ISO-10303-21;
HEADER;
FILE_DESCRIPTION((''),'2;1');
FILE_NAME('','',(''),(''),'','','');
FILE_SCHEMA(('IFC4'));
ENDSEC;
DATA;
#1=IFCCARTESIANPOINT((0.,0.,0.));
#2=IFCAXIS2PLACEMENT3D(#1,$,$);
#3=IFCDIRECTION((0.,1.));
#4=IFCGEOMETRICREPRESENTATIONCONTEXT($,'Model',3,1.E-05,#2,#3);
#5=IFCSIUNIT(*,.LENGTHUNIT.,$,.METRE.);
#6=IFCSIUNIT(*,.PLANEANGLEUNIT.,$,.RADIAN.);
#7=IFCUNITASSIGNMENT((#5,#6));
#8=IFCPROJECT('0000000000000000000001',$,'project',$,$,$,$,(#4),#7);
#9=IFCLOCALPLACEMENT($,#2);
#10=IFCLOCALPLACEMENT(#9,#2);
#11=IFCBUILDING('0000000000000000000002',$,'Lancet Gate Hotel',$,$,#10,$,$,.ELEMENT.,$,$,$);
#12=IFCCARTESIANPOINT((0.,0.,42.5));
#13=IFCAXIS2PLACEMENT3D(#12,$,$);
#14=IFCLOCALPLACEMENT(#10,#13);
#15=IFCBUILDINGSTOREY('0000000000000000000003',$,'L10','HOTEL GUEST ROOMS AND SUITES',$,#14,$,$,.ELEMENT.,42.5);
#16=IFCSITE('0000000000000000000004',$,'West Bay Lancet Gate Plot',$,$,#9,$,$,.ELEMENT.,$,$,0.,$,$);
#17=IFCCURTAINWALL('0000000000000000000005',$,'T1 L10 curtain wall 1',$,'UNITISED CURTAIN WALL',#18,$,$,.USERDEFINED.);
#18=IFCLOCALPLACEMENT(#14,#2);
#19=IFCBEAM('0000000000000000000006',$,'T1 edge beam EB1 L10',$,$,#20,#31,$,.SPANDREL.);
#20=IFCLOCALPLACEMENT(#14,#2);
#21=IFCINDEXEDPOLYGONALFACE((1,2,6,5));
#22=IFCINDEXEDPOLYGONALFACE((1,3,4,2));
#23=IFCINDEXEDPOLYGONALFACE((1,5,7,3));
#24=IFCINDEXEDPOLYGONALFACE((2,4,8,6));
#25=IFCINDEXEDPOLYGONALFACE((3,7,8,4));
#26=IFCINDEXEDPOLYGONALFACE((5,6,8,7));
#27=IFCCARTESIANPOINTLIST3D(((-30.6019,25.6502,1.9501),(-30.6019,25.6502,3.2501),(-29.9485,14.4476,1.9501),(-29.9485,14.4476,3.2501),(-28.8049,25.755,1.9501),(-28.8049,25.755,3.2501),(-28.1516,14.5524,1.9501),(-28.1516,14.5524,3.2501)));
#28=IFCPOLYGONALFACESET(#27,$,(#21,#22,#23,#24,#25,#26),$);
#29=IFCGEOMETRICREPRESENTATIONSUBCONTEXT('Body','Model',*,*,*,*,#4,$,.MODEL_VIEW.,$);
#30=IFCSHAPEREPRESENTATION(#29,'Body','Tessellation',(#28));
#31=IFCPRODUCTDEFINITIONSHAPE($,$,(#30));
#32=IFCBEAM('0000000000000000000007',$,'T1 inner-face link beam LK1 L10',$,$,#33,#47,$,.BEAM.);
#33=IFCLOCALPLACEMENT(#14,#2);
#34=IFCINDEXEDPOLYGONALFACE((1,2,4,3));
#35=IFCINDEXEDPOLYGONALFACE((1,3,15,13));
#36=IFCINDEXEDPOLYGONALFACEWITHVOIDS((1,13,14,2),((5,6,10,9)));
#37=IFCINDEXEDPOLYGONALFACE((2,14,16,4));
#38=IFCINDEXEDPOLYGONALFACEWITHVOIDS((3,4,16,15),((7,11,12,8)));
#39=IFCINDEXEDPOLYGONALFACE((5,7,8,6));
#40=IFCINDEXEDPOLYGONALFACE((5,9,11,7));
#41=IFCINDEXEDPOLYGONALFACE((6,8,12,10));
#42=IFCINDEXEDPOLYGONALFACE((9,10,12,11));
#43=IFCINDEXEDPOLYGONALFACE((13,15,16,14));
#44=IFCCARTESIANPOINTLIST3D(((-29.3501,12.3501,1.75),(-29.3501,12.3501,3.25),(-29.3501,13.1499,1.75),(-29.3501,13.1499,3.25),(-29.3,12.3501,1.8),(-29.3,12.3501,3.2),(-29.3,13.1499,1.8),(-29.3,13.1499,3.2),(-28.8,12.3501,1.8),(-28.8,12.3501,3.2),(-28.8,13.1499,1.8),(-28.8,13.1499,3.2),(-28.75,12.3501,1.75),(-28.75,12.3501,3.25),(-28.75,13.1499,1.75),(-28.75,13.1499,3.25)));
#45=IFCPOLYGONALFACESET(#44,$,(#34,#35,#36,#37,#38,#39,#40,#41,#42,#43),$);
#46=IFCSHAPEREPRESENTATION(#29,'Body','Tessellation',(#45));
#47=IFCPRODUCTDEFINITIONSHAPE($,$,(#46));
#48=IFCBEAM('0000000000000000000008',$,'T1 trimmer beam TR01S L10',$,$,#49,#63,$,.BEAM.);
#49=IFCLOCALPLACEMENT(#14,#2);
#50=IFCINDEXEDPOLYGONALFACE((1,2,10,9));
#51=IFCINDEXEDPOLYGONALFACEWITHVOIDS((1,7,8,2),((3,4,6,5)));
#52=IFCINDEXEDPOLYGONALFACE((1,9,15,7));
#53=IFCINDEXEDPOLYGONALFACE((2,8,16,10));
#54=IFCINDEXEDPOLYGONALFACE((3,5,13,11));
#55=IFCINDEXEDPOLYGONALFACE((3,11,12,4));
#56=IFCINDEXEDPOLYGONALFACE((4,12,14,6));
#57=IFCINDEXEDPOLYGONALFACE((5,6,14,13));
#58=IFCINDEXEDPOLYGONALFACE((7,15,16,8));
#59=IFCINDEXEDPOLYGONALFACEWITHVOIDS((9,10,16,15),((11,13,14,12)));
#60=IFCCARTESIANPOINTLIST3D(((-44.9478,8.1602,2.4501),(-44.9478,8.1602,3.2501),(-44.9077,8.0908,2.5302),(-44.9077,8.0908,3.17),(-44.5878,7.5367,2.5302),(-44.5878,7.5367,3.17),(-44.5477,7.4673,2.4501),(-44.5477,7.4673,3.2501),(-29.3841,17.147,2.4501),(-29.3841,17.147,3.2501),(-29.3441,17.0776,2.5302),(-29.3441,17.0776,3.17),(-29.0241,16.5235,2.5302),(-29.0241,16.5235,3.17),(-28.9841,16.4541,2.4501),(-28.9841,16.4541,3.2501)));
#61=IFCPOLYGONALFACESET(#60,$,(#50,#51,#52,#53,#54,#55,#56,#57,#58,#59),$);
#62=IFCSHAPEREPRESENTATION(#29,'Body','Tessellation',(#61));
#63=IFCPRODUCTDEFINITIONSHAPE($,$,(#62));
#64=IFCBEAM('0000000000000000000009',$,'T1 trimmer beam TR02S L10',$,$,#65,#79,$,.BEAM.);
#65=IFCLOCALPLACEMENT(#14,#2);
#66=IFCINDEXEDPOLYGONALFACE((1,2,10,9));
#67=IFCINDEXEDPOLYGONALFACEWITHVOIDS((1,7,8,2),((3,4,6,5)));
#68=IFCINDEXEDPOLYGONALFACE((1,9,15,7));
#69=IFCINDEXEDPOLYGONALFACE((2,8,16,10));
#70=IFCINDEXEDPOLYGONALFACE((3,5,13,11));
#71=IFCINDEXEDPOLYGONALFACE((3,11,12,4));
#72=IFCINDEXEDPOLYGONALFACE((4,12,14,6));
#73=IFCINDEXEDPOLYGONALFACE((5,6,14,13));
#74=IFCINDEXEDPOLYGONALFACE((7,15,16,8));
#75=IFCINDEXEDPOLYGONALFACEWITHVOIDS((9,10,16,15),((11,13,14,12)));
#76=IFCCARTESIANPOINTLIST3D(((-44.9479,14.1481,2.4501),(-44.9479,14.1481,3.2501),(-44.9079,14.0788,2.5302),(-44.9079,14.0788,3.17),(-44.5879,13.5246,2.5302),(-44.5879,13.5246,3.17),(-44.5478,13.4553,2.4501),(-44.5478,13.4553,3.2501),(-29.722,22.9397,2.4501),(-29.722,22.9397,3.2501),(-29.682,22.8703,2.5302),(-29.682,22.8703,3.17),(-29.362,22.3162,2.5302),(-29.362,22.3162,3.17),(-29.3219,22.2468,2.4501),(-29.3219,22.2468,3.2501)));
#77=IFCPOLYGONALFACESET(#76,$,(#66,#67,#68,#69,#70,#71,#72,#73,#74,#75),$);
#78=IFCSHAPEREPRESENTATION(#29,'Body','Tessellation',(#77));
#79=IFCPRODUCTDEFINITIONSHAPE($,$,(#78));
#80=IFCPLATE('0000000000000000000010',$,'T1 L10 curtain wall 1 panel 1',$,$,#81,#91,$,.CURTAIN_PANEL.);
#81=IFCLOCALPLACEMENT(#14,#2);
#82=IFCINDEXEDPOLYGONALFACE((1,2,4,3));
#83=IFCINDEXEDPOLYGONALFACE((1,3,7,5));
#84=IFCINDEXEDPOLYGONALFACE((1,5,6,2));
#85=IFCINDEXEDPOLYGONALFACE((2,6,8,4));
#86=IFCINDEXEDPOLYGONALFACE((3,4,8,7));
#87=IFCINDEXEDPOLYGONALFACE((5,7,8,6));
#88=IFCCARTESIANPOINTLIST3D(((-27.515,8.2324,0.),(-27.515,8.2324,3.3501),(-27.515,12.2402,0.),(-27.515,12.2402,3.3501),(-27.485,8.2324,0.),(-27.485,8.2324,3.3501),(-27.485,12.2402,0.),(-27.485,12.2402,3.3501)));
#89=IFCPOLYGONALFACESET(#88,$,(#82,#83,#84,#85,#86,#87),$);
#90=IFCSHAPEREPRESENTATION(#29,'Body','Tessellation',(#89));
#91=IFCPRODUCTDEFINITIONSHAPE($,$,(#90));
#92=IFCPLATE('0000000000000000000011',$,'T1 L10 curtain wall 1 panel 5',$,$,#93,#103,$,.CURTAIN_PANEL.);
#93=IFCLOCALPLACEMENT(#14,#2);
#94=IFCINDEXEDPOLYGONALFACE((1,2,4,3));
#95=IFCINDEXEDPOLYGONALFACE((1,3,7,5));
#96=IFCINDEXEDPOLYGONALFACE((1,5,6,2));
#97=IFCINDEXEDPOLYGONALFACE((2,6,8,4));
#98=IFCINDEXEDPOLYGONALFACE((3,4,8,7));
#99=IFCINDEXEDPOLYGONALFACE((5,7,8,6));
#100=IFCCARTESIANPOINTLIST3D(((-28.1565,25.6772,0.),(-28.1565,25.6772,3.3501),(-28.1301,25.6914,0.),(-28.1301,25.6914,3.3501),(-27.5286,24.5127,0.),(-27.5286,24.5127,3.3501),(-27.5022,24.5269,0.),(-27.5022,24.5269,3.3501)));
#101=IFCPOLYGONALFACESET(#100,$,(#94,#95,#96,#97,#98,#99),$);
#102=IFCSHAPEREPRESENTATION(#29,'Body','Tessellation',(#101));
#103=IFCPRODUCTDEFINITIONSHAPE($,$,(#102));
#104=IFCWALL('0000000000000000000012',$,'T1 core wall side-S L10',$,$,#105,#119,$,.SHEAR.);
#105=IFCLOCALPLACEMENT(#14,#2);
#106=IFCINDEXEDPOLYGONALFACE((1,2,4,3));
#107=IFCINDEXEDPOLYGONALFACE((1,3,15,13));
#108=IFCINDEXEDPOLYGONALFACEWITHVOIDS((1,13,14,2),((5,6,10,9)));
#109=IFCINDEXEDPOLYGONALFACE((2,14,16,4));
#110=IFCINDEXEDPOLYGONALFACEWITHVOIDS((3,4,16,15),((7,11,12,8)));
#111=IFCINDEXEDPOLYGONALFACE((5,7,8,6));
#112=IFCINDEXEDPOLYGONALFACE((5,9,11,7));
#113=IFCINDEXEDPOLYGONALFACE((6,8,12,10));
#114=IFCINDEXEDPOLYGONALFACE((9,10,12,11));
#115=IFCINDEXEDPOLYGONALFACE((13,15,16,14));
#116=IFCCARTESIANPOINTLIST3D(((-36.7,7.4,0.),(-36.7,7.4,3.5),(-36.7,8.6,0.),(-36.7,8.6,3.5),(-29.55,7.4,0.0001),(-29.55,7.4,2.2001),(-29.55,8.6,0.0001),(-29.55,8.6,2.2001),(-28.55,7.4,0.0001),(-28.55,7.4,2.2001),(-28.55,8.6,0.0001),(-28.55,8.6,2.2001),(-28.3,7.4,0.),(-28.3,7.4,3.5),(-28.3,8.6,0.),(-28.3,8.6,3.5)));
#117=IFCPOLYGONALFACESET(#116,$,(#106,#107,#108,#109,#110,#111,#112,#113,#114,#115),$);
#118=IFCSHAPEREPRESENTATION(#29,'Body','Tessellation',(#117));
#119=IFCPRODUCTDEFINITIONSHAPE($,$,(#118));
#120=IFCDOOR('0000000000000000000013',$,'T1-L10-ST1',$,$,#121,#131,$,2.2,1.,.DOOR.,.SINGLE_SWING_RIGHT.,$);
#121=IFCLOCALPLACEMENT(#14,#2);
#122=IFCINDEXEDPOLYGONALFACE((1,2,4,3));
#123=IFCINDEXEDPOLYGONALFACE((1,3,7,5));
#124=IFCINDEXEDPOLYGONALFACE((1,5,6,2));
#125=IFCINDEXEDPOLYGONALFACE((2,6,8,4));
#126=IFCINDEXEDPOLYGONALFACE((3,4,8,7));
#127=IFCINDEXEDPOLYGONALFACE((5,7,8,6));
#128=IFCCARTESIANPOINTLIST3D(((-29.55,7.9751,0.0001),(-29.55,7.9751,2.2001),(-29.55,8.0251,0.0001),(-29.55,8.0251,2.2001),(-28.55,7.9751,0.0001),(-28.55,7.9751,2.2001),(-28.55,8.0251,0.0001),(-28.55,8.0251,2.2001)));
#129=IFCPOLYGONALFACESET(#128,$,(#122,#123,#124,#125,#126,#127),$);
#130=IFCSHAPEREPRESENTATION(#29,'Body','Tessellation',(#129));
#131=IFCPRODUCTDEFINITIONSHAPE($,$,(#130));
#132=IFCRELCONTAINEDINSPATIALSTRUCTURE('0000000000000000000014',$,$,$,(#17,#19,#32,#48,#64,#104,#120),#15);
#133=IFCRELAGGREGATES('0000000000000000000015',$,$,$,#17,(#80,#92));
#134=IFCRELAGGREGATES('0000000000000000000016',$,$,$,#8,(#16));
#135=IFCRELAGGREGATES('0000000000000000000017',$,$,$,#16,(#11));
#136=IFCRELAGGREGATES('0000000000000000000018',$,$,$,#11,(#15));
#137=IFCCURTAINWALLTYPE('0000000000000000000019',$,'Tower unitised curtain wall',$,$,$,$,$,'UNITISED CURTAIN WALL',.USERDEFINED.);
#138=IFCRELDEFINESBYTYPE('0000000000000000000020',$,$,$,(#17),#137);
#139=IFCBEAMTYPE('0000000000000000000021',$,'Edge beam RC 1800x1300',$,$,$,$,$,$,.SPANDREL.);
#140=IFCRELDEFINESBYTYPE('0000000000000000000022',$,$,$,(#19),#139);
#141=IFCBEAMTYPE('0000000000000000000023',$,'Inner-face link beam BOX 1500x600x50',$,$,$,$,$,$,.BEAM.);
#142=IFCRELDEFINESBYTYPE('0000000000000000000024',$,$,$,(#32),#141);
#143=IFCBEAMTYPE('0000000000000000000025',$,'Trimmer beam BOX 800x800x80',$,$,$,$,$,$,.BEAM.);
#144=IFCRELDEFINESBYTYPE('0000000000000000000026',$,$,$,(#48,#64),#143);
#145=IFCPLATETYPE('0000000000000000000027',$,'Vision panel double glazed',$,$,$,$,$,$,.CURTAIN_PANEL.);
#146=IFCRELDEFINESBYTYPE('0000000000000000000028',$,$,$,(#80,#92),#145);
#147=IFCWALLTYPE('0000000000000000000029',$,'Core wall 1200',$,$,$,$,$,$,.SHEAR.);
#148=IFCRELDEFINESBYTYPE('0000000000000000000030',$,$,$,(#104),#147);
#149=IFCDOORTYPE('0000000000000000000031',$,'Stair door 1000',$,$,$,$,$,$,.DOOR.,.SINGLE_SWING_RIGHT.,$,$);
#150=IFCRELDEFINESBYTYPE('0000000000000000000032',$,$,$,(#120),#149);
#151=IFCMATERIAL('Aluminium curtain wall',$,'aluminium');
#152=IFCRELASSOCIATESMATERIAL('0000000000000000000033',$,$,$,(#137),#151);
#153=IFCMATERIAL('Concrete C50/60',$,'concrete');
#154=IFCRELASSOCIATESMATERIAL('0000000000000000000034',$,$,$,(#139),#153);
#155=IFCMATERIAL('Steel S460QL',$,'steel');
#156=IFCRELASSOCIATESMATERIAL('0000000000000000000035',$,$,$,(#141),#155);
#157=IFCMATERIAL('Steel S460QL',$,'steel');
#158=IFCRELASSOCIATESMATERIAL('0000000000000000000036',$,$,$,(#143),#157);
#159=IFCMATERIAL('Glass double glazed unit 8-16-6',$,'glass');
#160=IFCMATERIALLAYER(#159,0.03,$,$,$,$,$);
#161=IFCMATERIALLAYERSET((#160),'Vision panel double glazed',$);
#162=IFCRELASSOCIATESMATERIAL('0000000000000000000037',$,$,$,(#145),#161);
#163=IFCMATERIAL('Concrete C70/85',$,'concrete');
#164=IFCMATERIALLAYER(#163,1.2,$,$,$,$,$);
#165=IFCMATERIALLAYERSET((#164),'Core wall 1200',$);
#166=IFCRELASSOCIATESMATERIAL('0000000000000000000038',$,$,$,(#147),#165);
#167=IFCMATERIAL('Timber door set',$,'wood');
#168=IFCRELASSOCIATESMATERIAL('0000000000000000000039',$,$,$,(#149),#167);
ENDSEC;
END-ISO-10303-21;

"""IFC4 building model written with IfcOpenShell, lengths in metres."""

from ifc_helpers import new_model, si_unit, direction, frame, frame_2d, origin, origin_2d, place, context, subcontext, project, spatial, rectangle, hollow_rectangle, extrude, material, layer, layer_set, material_profile, profile_set, type_object, element, fill, aggregate, save


model = new_model("IFC4")

# Units and contexts
model_context = context("Model", 3, precision=1e-05, world=origin(), true_north=direction((0.0, 1.0)))
body_context = subcontext(model_context, "Body", "Model", "MODEL_VIEW")
ifc_project = project(units=[si_unit("LENGTHUNIT", "METRE"), si_unit("PLANEANGLEUNIT", "RADIAN")], contexts=[model_context])

# Site, building, storey
site_placement = place(None, origin())
site = spatial("IfcSite", under=ifc_project, at=site_placement, Name="West Bay Lancet Gate Plot", CompositionType="ELEMENT", RefElevation=0.0)
building_placement = place(site_placement, origin())
building = spatial("IfcBuilding", under=site, at=building_placement, Name="Lancet Gate Hotel", CompositionType="ELEMENT")
storey_placement = place(building_placement, frame((0.0, 0.0, 42.5)))
storey = spatial("IfcBuildingStorey", under=building, at=storey_placement, Name="L10", Description="HOTEL GUEST ROOMS AND SUITES", CompositionType="ELEMENT", Elevation=42.5)

# Curtain wall
ifc_material_1 = material(Name="Aluminium curtain wall", Category="aluminium")
curtain_wall_type = type_object("IfcCurtainWallType", Name="Tower unitised curtain wall", ElementType="UNITISED CURTAIN WALL", PredefinedType="USERDEFINED", material=ifc_material_1)
curtain_wall_placement = place(storey_placement, origin())
curtain_wall = element("IfcCurtainWall", 1, at=curtain_wall_placement, inside=storey, type_object=curtain_wall_type, Name="T1 L10 curtain wall 1", ObjectType="UNITISED CURTAIN WALL", PredefinedType="USERDEFINED")

# Beams
ifc_material_2 = material(Name="Concrete C50/60", Category="concrete")
ifc_material_profile_1 = material_profile(ifc_material_2, rectangle(XDim=1.8, YDim=1.3, at=origin_2d()), Name="RC 1800x1300")
ifc_profile_set_1 = profile_set([ifc_material_profile_1], Name="Concrete C50/60")
beam_type_1 = type_object("IfcBeamType", Name="Edge beam RC 1800x1300", PredefinedType="SPANDREL", material=ifc_profile_set_1)
beam_1_placement = place(storey_placement, frame((-29.7034, 25.7026, 2.6001), z_axis=(0.05822, -0.998304, 0.0), x_axis=(0.998304, 0.05822, 0.0)))
element("IfcBeam", 2, at=beam_1_placement, inside=storey, type_object=beam_type_1, Name="T1 edge beam EB1 L10", PredefinedType="SPANDREL", context=body_context, shape_type="SweptSolid", body=[
    extrude(rectangle(XDim=1.8, YDim=1.3, at=origin_2d()), origin(), (0.0, 0.0, 1.0), 11.2217),
])
ifc_material_3 = material(Name="Steel S460QL", Category="steel")
ifc_material_profile_2 = material_profile(ifc_material_3, hollow_rectangle(XDim=0.6001, YDim=1.5, WallThickness=0.05, at=origin_2d()), Name="BOX 1500x600x50")
ifc_profile_set_2 = profile_set([ifc_material_profile_2], Name="Steel S460QL")
beam_type_2 = type_object("IfcBeamType", Name="Inner-face link beam BOX 1500x600x50", PredefinedType="BEAM", material=ifc_profile_set_2)
beam_2_placement = place(storey_placement, frame((-29.05, 13.1499, 2.5), z_axis=(0.0, -1.0, 0.0), x_axis=(1.0, 0.0, 0.0)))
element("IfcBeam", 3, at=beam_2_placement, inside=storey, type_object=beam_type_2, Name="T1 inner-face link beam LK1 L10", PredefinedType="BEAM", context=body_context, shape_type="SweptSolid", body=[
    extrude(hollow_rectangle(XDim=0.6001, YDim=1.5, WallThickness=0.05, at=origin_2d()), origin(), (0.0, 0.0, 1.0), 0.7998),
])
ifc_material_4 = material(Name="Steel S460QL", Category="steel")
ifc_material_profile_3 = material_profile(ifc_material_4, hollow_rectangle(XDim=0.8, YDim=0.8, WallThickness=0.0801, at=origin_2d()), Name="BOX 800x800x80")
ifc_profile_set_3 = profile_set([ifc_material_profile_3], Name="Steel S460QL")
beam_type_3 = type_object("IfcBeamType", Name="Trimmer beam BOX 800x800x80", PredefinedType="BEAM", material=ifc_profile_set_3)
beam_3_placement = place(storey_placement, frame((-29.1841, 16.8005, 2.8501), z_axis=(-0.865999, -0.500046, 0.0), x_axis=(0.500046, -0.865999, 0.0)))
element("IfcBeam", 4, at=beam_3_placement, inside=storey, type_object=beam_type_3, Name="T1 trimmer beam TR01S L10", PredefinedType="BEAM", context=body_context, shape_type="SweptSolid", body=[
    extrude(hollow_rectangle(XDim=0.8, YDim=0.8, WallThickness=0.0801, at=origin_2d()), origin(), (0.0, 0.0, 1.0), 17.9719),
])
beam_4_placement = place(storey_placement, frame((-29.522, 22.5933, 2.8501), z_axis=(-0.866004, -0.500037, 0.0), x_axis=(0.500037, -0.866004, 0.0)))
element("IfcBeam", 5, at=beam_4_placement, inside=storey, type_object=beam_type_3, Name="T1 trimmer beam TR02S L10", PredefinedType="BEAM", context=body_context, shape_type="SweptSolid", body=[
    extrude(hollow_rectangle(XDim=0.8, YDim=0.8, WallThickness=0.0801, at=origin_2d()), origin(), (0.0, 0.0, 1.0), 17.5818),
])

# Plates
ifc_material_5 = material(Name="Glass double glazed unit 8-16-6", Category="glass")
ifc_layer_1 = layer(ifc_material_5, 0.03)
ifc_layer_set_1 = layer_set([ifc_layer_1], Name="Vision panel double glazed")
plate_type = type_object("IfcPlateType", Name="Vision panel double glazed", PredefinedType="CURTAIN_PANEL", material=ifc_layer_set_1)
plate_1_placement = place(storey_placement, frame((-27.5, 10.2363, 0.0), z_axis=(0.0, 0.0, 1.0), x_axis=(0.0, 1.0, 0.0)))
plate_1 = element("IfcPlate", 6, at=plate_1_placement, type_object=plate_type, Name="T1 L10 curtain wall 1 panel 1", PredefinedType="CURTAIN_PANEL", context=body_context, shape_type="SweptSolid", body=[
    extrude(rectangle(XDim=4.0078, YDim=0.03, at=origin_2d()), origin(), (0.0, 0.0, 1.0), 3.3501),
])
plate_2_placement = place(storey_placement, frame((-27.8293, 25.1021, 0.0), z_axis=(0.0, 0.0, 1.0), x_axis=(-0.474631, 0.880185, 0.0)))
plate_2 = element("IfcPlate", 7, at=plate_2_placement, type_object=plate_type, Name="T1 L10 curtain wall 1 panel 5", PredefinedType="CURTAIN_PANEL", context=body_context, shape_type="SweptSolid", body=[
    extrude(rectangle(XDim=1.323, YDim=0.03, at=origin_2d()), origin(), (0.0, 0.0, 1.0), 3.3501),
])
aggregate(curtain_wall, [plate_1, plate_2])

# Wall, opening, door
ifc_material_6 = material(Name="Concrete C70/85", Category="concrete")
ifc_layer_2 = layer(ifc_material_6, 1.2)
ifc_layer_set_2 = layer_set([ifc_layer_2], Name="Core wall 1200")
wall_type_1 = type_object("IfcWallType", Name="Core wall 1200", PredefinedType="SHEAR", material=ifc_layer_set_2)
wall_1_placement = place(storey_placement, frame((-28.3, 8.0, 0.0), z_axis=(0.0, 0.0, 1.0), x_axis=(-1.0, 0.0, 0.0)))
wall_1 = element("IfcWall", 8, at=wall_1_placement, inside=storey, type_object=wall_type_1, Name="T1 core wall side-S L10", PredefinedType="SHEAR", context=body_context, shape_type="SweptSolid", body=[
    extrude(rectangle(XDim=8.3999, YDim=1.2, at=frame_2d((4.2, 0.0))), origin(), (0.0, 0.0, 1.0), 3.5),
])
opening_1_placement = place(wall_1_placement, frame((0.25, 0.0, 0.0)))
opening_1 = element("IfcOpeningElement", 9, at=opening_1_placement, cuts=wall_1, PredefinedType="OPENING", context=body_context, shape_type="SweptSolid", body=[
    extrude(rectangle(XDim=1.0, YDim=2.2, at=frame_2d((0.5, 1.1001))), frame((0.0, 0.6099, 0.0), z_axis=(0.0, -1.0, 0.0), x_axis=(1.0, 0.0, 0.0)), (0.0, 0.0, 1.0), 1.22),
])
ifc_material_7 = material(Name="Timber door set", Category="wood")
door_type = type_object("IfcDoorType", Name="Stair door 1000", OperationType="SINGLE_SWING_RIGHT", PredefinedType="DOOR", material=ifc_material_7)
door_placement = place(opening_1_placement, origin())
door = element("IfcDoor", 10, at=door_placement, inside=storey, type_object=door_type, Name="T1-L10-ST1", OperationType="SINGLE_SWING_RIGHT", OverallHeight=2.2, OverallWidth=1.0, PredefinedType="DOOR", context=body_context, shape_type="SweptSolid", body=[
    extrude(rectangle(XDim=1.0, YDim=2.2, at=frame_2d((0.5, 1.1001))), frame((0.0, 0.0249, 0.0), z_axis=(0.0, -1.0, 0.0), x_axis=(1.0, 0.0, 0.0)), (0.0, 0.0, 1.0), 0.05),
])
fill(opening_1, door)

save(model, "model.ifc")
